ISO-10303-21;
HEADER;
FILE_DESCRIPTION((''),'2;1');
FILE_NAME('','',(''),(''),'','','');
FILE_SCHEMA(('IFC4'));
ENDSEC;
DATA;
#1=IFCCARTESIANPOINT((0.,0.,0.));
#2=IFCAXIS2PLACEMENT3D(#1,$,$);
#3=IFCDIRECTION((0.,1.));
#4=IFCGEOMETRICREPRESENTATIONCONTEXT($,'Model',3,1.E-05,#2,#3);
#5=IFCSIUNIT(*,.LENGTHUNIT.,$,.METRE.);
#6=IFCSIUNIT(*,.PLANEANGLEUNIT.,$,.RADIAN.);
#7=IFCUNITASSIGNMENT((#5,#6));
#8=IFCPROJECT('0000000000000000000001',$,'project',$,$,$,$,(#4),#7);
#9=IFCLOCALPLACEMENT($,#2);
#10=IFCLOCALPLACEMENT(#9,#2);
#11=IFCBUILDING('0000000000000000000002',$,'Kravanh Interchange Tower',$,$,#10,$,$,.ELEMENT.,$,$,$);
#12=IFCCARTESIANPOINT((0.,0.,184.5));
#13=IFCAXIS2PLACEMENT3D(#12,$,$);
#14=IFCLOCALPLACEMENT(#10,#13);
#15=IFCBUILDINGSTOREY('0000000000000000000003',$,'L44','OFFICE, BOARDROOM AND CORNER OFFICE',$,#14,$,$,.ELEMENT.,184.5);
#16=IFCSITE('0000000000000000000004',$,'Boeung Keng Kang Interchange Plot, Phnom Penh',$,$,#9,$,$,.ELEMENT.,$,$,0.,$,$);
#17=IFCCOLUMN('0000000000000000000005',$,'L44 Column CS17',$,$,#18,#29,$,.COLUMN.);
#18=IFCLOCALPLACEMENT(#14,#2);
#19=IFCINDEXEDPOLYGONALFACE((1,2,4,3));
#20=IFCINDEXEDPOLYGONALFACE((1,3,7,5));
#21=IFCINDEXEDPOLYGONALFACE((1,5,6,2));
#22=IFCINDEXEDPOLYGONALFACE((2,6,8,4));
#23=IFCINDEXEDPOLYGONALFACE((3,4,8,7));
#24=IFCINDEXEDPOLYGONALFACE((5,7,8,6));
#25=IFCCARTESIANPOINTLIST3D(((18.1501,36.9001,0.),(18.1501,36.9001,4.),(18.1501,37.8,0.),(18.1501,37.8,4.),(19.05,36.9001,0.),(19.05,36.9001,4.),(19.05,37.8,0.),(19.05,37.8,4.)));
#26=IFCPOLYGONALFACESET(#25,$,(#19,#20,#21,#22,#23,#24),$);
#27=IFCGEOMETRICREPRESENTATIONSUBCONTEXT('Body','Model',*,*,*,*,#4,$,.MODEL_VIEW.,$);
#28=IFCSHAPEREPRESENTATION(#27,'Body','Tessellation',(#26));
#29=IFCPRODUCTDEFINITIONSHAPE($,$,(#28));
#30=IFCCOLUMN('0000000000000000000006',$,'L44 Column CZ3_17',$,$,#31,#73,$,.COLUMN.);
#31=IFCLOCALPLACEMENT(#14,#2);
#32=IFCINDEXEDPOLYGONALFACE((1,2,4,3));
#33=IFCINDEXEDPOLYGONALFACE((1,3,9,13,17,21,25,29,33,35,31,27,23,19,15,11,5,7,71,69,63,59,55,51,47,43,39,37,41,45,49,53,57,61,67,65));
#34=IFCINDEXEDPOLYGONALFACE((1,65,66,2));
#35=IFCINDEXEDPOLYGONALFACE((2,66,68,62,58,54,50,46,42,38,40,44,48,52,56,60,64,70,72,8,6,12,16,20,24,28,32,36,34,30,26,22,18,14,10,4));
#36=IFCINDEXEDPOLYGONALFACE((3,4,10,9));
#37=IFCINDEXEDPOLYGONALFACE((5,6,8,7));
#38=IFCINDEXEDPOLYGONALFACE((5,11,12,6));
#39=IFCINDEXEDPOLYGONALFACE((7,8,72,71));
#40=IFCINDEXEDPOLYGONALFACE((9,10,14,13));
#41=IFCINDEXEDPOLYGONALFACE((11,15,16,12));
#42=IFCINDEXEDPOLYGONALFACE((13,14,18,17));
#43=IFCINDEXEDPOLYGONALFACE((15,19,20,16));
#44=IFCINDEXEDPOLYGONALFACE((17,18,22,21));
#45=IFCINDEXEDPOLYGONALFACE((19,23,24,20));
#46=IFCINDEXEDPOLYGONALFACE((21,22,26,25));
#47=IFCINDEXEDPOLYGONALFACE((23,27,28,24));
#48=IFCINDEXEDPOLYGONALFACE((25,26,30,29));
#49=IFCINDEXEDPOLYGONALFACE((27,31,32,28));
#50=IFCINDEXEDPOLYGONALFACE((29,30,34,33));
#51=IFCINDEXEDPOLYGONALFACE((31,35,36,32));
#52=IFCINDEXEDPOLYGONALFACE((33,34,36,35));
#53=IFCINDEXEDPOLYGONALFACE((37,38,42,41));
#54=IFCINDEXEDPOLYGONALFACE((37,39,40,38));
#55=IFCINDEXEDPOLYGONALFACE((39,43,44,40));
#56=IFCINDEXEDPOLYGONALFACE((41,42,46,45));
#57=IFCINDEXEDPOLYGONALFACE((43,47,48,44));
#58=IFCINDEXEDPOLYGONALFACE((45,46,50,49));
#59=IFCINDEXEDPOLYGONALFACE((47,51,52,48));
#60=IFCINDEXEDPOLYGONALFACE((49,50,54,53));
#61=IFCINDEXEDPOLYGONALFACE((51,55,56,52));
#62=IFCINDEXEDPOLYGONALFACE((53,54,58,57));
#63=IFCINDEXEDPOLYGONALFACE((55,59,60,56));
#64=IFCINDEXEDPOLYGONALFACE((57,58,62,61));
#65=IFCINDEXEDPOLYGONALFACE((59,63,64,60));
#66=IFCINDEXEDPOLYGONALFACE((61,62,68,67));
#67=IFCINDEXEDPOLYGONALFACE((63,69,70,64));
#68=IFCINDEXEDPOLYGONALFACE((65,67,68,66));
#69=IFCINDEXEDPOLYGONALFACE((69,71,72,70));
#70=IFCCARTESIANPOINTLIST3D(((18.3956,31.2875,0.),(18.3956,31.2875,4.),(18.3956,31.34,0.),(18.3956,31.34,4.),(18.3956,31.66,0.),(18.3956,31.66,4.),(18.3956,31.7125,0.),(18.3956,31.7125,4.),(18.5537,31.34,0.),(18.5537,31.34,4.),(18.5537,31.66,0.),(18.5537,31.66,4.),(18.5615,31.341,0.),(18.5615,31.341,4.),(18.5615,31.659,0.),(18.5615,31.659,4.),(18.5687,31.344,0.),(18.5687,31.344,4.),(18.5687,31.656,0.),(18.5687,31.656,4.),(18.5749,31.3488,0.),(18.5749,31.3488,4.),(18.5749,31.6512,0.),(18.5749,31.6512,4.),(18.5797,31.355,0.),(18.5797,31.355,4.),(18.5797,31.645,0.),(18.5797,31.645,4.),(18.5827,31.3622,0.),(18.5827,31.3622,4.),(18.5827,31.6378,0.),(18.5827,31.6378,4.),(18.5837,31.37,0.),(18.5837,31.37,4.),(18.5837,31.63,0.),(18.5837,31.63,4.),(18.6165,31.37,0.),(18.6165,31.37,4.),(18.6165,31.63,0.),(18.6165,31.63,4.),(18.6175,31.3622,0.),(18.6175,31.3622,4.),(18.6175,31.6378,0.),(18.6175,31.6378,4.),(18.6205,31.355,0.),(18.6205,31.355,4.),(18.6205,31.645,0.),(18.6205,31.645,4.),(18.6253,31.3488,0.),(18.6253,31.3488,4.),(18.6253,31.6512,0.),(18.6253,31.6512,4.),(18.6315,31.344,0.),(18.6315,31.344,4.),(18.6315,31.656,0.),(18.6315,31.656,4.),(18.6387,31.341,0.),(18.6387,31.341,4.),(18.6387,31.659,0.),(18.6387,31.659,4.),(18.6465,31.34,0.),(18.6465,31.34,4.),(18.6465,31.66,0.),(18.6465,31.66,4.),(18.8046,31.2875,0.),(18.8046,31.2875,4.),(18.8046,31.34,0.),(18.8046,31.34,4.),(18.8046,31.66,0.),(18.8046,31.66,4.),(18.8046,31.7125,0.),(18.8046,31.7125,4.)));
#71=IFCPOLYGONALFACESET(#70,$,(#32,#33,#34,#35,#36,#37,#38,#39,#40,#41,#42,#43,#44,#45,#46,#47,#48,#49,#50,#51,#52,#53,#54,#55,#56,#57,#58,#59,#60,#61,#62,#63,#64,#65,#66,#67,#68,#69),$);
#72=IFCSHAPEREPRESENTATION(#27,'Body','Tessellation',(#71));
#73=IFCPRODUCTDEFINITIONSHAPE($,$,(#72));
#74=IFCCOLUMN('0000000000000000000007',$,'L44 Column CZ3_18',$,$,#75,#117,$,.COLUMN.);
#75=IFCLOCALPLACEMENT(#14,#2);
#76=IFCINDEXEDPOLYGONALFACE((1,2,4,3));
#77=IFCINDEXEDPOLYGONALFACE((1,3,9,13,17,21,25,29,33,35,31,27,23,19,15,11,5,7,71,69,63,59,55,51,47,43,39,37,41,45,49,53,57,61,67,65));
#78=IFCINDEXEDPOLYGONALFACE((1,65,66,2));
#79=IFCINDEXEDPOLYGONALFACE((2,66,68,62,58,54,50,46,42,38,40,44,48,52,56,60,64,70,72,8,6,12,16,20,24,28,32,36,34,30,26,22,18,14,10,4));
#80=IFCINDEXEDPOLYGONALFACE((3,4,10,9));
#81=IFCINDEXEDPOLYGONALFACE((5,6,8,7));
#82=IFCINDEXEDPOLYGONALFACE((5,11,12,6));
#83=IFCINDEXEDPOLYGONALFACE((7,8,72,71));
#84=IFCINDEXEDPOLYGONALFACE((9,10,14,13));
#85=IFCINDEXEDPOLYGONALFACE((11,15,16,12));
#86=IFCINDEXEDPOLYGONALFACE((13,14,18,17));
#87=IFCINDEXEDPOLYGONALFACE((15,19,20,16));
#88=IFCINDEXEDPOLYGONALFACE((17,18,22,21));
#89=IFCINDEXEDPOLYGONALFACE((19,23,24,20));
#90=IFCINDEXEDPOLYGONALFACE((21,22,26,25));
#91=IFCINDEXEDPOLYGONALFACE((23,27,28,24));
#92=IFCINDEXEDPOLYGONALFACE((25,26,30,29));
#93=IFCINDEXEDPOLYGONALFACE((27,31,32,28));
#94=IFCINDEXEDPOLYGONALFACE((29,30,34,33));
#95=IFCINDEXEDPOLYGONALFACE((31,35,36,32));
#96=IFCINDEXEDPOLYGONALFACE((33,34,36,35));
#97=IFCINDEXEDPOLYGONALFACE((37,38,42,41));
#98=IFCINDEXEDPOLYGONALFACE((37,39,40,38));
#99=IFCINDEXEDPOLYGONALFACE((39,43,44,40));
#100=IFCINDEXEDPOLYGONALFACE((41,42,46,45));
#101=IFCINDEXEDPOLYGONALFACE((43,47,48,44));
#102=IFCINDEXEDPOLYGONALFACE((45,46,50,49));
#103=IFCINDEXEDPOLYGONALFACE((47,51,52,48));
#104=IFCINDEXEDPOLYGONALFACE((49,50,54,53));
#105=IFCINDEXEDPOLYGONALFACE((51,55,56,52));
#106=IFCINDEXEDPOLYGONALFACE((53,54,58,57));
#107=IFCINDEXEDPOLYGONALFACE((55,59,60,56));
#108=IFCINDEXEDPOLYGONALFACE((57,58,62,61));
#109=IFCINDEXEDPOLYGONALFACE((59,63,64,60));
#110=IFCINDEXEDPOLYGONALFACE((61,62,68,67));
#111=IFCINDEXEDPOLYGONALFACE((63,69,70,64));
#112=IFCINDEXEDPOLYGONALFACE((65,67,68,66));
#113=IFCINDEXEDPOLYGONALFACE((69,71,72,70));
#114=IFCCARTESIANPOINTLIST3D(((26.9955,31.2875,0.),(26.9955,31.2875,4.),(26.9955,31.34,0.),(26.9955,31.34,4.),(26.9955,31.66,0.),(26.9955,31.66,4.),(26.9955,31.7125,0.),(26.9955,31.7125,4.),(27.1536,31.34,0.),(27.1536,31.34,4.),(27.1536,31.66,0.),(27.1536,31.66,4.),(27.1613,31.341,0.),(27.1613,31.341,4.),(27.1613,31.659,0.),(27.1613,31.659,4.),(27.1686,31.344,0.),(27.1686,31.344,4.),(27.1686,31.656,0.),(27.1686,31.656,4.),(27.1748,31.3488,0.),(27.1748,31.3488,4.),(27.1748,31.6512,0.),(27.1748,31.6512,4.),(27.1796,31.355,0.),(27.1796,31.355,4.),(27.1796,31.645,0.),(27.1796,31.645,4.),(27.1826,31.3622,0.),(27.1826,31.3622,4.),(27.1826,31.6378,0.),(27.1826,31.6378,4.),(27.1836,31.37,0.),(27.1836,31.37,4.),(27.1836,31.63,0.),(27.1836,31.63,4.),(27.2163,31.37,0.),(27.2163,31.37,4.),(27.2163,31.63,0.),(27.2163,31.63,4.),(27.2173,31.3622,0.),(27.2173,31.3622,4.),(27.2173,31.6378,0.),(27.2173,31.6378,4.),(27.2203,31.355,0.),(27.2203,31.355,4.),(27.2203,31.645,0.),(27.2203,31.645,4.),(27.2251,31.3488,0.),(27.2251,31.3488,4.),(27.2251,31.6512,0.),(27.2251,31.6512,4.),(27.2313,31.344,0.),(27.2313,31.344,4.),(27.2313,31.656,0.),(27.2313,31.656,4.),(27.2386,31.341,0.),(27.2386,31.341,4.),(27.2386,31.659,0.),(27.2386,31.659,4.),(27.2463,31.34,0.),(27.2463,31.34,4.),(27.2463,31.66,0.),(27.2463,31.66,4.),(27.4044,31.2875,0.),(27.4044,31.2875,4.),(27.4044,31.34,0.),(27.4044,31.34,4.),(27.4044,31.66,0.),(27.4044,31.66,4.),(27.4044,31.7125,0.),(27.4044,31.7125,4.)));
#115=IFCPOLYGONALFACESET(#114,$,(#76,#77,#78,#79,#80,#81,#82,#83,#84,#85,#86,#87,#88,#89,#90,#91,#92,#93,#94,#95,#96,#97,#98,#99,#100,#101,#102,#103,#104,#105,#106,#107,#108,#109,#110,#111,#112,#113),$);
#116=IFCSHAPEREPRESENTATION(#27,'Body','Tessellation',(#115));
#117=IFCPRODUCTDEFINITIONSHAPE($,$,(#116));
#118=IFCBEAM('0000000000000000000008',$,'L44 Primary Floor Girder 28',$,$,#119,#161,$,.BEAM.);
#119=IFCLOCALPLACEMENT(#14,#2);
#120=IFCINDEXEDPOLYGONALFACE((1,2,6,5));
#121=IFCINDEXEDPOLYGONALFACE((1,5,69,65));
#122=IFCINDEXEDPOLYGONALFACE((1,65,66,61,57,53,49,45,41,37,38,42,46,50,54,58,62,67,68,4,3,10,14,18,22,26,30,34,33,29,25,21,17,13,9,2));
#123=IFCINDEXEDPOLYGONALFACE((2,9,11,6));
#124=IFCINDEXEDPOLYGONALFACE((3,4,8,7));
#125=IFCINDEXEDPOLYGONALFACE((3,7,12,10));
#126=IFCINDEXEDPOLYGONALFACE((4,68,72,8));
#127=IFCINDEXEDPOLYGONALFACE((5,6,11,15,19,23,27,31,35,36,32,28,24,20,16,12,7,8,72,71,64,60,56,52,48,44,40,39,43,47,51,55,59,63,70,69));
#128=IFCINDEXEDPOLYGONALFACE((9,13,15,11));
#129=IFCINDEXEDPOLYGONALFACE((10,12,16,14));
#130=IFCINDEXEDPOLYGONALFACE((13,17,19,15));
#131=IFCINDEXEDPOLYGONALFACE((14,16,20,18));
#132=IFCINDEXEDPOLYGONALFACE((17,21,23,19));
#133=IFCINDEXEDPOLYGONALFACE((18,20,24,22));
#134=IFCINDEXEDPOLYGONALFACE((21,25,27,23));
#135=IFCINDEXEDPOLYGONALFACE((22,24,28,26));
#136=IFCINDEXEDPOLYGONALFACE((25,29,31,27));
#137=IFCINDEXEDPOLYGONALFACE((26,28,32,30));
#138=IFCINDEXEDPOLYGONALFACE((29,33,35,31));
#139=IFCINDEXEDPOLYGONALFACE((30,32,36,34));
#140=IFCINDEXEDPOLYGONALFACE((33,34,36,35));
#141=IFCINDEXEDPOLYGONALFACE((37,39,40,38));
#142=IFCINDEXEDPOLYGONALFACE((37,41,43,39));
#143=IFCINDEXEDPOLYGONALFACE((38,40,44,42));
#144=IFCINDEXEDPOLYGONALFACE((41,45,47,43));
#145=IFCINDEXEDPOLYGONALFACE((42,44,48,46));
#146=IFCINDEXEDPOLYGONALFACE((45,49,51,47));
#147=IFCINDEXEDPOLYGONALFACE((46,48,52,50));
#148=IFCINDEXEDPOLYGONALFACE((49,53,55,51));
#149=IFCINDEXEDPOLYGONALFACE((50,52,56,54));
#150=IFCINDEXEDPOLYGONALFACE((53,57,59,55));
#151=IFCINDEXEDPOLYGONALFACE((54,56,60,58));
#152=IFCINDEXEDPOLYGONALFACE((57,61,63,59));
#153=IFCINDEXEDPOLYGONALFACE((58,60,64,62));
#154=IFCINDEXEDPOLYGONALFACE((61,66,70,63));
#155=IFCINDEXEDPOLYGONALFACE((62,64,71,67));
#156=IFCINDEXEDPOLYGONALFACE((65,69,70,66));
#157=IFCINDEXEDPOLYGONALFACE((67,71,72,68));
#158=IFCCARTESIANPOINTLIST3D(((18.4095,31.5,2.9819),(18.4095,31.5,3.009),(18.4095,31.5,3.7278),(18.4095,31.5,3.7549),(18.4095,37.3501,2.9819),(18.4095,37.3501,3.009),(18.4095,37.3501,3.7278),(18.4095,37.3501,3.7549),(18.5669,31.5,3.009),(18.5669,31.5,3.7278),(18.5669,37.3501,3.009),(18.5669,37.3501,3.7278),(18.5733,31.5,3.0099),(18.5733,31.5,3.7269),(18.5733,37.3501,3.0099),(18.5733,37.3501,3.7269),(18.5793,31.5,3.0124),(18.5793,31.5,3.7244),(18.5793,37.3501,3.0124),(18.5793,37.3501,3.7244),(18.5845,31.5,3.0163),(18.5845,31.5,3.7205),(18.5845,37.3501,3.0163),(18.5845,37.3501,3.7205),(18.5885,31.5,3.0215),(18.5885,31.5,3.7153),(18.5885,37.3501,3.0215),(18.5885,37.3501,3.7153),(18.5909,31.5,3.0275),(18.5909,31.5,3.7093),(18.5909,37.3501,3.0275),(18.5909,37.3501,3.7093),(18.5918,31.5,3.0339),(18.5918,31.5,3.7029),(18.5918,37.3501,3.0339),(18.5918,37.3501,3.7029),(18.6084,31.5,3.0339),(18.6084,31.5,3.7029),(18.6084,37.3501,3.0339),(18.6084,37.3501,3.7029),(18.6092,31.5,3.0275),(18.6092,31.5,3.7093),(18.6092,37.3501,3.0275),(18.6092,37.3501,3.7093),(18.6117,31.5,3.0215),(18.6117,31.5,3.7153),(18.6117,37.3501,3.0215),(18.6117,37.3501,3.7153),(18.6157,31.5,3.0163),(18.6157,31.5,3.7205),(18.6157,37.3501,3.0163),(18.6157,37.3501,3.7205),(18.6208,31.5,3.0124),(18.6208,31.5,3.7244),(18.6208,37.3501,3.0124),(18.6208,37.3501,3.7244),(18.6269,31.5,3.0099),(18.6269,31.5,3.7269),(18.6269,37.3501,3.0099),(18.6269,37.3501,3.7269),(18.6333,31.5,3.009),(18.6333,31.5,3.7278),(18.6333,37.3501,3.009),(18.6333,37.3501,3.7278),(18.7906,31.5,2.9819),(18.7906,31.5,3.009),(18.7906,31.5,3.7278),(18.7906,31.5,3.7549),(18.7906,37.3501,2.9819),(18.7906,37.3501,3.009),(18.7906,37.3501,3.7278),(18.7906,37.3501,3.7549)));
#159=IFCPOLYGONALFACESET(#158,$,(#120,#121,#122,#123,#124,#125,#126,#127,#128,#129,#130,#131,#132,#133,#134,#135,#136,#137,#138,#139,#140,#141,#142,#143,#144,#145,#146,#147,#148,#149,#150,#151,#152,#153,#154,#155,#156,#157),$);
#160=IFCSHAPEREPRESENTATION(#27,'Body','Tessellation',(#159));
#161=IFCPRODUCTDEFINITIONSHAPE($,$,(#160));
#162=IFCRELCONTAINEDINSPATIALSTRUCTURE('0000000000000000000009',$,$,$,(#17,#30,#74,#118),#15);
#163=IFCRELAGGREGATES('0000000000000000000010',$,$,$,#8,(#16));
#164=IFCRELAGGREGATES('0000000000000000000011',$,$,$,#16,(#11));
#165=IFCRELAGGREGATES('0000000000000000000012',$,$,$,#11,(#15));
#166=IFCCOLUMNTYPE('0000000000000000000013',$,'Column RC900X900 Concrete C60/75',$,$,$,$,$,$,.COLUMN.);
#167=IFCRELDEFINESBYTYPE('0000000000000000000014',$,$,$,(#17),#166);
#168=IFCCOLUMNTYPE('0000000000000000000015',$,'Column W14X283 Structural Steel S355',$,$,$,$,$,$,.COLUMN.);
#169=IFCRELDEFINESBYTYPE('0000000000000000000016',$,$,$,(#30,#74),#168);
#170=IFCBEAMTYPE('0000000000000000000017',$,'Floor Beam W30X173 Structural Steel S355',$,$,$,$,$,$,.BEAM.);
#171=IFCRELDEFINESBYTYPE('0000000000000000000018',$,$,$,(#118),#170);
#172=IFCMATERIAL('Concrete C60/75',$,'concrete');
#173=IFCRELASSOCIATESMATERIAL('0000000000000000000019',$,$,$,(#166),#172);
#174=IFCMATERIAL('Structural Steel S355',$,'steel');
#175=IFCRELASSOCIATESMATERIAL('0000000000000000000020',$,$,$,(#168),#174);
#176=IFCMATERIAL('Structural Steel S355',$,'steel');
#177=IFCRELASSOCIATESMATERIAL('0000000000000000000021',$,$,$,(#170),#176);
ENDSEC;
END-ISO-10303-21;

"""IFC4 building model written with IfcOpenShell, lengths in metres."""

from ifc_helpers import new_model, si_unit, direction, frame, origin, origin_2d, place, context, subcontext, project, spatial, rectangle, i_section, extrude, material, material_profile, profile_set, type_object, element, save


model = new_model("IFC4")

# Units and contexts
model_context = context("Model", 3, precision=1e-05, world=origin(), true_north=direction((0.0, 1.0)))
body_context = subcontext(model_context, "Body", "Model", "MODEL_VIEW")
ifc_project = project(units=[si_unit("LENGTHUNIT", "METRE"), si_unit("PLANEANGLEUNIT", "RADIAN")], contexts=[model_context])

# Site, building, storey
site_placement = place(None, origin())
site = spatial("IfcSite", under=ifc_project, at=site_placement, Name="Boeung Keng Kang Interchange Plot, Phnom Penh", CompositionType="ELEMENT", RefElevation=0.0)
building_placement = place(site_placement, origin())
building = spatial("IfcBuilding", under=site, at=building_placement, Name="Kravanh Interchange Tower", CompositionType="ELEMENT")
storey_placement = place(building_placement, frame((0.0, 0.0, 184.5)))
storey = spatial("IfcBuildingStorey", under=building, at=storey_placement, Name="L44", Description="OFFICE, BOARDROOM AND CORNER OFFICE", CompositionType="ELEMENT", Elevation=184.5)

# Columns
ifc_material_1 = material(Name="Concrete C60/75", Category="concrete")
ifc_material_profile_1 = material_profile(ifc_material_1, rectangle(XDim=0.8999, YDim=0.8999, at=origin_2d()), Name="RC900X900")
ifc_profile_set_1 = profile_set([ifc_material_profile_1], Name="Concrete C60/75")
column_type_1 = type_object("IfcColumnType", Name="Column RC900X900 Concrete C60/75", PredefinedType="COLUMN", material=ifc_profile_set_1)
column_placement = place(storey_placement, frame((18.6001, 37.3501, 0.0), z_axis=(0.0, 0.0, 1.0), x_axis=(1.0, 0.0, 0.0)))
element("IfcColumn", 1, at=column_placement, inside=storey, type_object=column_type_1, Name="L44 Column CS17", PredefinedType="COLUMN", context=body_context, shape_type="SweptSolid", body=[
    extrude(rectangle(XDim=0.8999, YDim=0.8999, at=origin_2d()), origin(), (0.0, 0.0, 1.0), 4.0),
])
ifc_material_2 = material(Name="Structural Steel S355", Category="steel")
ifc_material_profile_2 = material_profile(ifc_material_2, i_section(OverallWidth=0.4089, OverallDepth=0.425, WebThickness=0.0327, FlangeThickness=0.0525, FilletRadius=0.03, at=origin_2d()), Name="W14X283")
ifc_profile_set_2 = profile_set([ifc_material_profile_2], Name="Structural Steel S355")
column_type_2 = type_object("IfcColumnType", Name="Column W14X283 Structural Steel S355", PredefinedType="COLUMN", material=ifc_profile_set_2)
for number, where, z_axis, x_axis, name in (
    (2, (18.6001, 31.5, 0.0), (0.0, 0.0, 1.0), (1.0, 0.0, 0.0), "L44 Column CZ3_17"),
    (3, (27.2, 31.5, 0.0), (0.0, 0.0, 1.0), (1.0, 0.0, 0.0), "L44 Column CZ3_18"),
):
    element("IfcColumn", number, at=place(storey_placement, frame(where, z_axis=z_axis, x_axis=x_axis)), inside=storey, type_object=column_type_2, Name=name, PredefinedType="COLUMN", context=body_context, shape_type="SweptSolid", body=[
        extrude(i_section(OverallWidth=0.4089, OverallDepth=0.425, WebThickness=0.0327, FlangeThickness=0.0525, FilletRadius=0.03, at=origin_2d()), origin(), (0.0, 0.0, 1.0), 4.0),
    ])

# Beam
ifc_material_3 = material(Name="Structural Steel S355", Category="steel")
ifc_material_profile_3 = material_profile(ifc_material_3, i_section(OverallWidth=0.3811, OverallDepth=0.7729, WebThickness=0.0166, FlangeThickness=0.0271, FilletRadius=0.0249, at=origin_2d()), Name="W30X173")
ifc_profile_set_3 = profile_set([ifc_material_profile_3], Name="Structural Steel S355")
beam_type_1 = type_object("IfcBeamType", Name="Floor Beam W30X173 Structural Steel S355", PredefinedType="BEAM", material=ifc_profile_set_3)
beam_1_placement = place(storey_placement, frame((18.6001, 37.3501, 3.3684), z_axis=(0.0, -1.0, 0.0), x_axis=(1.0, 0.0, 0.0)))
element("IfcBeam", 4, at=beam_1_placement, inside=storey, type_object=beam_type_1, Name="L44 Primary Floor Girder 28", PredefinedType="BEAM", context=body_context, shape_type="SweptSolid", body=[
    extrude(i_section(OverallWidth=0.3811, OverallDepth=0.7729, WebThickness=0.0166, FlangeThickness=0.0271, FilletRadius=0.0249, at=origin_2d()), origin(), (0.0, 0.0, 1.0), 5.8501),
])

save(model, "model.ifc")
